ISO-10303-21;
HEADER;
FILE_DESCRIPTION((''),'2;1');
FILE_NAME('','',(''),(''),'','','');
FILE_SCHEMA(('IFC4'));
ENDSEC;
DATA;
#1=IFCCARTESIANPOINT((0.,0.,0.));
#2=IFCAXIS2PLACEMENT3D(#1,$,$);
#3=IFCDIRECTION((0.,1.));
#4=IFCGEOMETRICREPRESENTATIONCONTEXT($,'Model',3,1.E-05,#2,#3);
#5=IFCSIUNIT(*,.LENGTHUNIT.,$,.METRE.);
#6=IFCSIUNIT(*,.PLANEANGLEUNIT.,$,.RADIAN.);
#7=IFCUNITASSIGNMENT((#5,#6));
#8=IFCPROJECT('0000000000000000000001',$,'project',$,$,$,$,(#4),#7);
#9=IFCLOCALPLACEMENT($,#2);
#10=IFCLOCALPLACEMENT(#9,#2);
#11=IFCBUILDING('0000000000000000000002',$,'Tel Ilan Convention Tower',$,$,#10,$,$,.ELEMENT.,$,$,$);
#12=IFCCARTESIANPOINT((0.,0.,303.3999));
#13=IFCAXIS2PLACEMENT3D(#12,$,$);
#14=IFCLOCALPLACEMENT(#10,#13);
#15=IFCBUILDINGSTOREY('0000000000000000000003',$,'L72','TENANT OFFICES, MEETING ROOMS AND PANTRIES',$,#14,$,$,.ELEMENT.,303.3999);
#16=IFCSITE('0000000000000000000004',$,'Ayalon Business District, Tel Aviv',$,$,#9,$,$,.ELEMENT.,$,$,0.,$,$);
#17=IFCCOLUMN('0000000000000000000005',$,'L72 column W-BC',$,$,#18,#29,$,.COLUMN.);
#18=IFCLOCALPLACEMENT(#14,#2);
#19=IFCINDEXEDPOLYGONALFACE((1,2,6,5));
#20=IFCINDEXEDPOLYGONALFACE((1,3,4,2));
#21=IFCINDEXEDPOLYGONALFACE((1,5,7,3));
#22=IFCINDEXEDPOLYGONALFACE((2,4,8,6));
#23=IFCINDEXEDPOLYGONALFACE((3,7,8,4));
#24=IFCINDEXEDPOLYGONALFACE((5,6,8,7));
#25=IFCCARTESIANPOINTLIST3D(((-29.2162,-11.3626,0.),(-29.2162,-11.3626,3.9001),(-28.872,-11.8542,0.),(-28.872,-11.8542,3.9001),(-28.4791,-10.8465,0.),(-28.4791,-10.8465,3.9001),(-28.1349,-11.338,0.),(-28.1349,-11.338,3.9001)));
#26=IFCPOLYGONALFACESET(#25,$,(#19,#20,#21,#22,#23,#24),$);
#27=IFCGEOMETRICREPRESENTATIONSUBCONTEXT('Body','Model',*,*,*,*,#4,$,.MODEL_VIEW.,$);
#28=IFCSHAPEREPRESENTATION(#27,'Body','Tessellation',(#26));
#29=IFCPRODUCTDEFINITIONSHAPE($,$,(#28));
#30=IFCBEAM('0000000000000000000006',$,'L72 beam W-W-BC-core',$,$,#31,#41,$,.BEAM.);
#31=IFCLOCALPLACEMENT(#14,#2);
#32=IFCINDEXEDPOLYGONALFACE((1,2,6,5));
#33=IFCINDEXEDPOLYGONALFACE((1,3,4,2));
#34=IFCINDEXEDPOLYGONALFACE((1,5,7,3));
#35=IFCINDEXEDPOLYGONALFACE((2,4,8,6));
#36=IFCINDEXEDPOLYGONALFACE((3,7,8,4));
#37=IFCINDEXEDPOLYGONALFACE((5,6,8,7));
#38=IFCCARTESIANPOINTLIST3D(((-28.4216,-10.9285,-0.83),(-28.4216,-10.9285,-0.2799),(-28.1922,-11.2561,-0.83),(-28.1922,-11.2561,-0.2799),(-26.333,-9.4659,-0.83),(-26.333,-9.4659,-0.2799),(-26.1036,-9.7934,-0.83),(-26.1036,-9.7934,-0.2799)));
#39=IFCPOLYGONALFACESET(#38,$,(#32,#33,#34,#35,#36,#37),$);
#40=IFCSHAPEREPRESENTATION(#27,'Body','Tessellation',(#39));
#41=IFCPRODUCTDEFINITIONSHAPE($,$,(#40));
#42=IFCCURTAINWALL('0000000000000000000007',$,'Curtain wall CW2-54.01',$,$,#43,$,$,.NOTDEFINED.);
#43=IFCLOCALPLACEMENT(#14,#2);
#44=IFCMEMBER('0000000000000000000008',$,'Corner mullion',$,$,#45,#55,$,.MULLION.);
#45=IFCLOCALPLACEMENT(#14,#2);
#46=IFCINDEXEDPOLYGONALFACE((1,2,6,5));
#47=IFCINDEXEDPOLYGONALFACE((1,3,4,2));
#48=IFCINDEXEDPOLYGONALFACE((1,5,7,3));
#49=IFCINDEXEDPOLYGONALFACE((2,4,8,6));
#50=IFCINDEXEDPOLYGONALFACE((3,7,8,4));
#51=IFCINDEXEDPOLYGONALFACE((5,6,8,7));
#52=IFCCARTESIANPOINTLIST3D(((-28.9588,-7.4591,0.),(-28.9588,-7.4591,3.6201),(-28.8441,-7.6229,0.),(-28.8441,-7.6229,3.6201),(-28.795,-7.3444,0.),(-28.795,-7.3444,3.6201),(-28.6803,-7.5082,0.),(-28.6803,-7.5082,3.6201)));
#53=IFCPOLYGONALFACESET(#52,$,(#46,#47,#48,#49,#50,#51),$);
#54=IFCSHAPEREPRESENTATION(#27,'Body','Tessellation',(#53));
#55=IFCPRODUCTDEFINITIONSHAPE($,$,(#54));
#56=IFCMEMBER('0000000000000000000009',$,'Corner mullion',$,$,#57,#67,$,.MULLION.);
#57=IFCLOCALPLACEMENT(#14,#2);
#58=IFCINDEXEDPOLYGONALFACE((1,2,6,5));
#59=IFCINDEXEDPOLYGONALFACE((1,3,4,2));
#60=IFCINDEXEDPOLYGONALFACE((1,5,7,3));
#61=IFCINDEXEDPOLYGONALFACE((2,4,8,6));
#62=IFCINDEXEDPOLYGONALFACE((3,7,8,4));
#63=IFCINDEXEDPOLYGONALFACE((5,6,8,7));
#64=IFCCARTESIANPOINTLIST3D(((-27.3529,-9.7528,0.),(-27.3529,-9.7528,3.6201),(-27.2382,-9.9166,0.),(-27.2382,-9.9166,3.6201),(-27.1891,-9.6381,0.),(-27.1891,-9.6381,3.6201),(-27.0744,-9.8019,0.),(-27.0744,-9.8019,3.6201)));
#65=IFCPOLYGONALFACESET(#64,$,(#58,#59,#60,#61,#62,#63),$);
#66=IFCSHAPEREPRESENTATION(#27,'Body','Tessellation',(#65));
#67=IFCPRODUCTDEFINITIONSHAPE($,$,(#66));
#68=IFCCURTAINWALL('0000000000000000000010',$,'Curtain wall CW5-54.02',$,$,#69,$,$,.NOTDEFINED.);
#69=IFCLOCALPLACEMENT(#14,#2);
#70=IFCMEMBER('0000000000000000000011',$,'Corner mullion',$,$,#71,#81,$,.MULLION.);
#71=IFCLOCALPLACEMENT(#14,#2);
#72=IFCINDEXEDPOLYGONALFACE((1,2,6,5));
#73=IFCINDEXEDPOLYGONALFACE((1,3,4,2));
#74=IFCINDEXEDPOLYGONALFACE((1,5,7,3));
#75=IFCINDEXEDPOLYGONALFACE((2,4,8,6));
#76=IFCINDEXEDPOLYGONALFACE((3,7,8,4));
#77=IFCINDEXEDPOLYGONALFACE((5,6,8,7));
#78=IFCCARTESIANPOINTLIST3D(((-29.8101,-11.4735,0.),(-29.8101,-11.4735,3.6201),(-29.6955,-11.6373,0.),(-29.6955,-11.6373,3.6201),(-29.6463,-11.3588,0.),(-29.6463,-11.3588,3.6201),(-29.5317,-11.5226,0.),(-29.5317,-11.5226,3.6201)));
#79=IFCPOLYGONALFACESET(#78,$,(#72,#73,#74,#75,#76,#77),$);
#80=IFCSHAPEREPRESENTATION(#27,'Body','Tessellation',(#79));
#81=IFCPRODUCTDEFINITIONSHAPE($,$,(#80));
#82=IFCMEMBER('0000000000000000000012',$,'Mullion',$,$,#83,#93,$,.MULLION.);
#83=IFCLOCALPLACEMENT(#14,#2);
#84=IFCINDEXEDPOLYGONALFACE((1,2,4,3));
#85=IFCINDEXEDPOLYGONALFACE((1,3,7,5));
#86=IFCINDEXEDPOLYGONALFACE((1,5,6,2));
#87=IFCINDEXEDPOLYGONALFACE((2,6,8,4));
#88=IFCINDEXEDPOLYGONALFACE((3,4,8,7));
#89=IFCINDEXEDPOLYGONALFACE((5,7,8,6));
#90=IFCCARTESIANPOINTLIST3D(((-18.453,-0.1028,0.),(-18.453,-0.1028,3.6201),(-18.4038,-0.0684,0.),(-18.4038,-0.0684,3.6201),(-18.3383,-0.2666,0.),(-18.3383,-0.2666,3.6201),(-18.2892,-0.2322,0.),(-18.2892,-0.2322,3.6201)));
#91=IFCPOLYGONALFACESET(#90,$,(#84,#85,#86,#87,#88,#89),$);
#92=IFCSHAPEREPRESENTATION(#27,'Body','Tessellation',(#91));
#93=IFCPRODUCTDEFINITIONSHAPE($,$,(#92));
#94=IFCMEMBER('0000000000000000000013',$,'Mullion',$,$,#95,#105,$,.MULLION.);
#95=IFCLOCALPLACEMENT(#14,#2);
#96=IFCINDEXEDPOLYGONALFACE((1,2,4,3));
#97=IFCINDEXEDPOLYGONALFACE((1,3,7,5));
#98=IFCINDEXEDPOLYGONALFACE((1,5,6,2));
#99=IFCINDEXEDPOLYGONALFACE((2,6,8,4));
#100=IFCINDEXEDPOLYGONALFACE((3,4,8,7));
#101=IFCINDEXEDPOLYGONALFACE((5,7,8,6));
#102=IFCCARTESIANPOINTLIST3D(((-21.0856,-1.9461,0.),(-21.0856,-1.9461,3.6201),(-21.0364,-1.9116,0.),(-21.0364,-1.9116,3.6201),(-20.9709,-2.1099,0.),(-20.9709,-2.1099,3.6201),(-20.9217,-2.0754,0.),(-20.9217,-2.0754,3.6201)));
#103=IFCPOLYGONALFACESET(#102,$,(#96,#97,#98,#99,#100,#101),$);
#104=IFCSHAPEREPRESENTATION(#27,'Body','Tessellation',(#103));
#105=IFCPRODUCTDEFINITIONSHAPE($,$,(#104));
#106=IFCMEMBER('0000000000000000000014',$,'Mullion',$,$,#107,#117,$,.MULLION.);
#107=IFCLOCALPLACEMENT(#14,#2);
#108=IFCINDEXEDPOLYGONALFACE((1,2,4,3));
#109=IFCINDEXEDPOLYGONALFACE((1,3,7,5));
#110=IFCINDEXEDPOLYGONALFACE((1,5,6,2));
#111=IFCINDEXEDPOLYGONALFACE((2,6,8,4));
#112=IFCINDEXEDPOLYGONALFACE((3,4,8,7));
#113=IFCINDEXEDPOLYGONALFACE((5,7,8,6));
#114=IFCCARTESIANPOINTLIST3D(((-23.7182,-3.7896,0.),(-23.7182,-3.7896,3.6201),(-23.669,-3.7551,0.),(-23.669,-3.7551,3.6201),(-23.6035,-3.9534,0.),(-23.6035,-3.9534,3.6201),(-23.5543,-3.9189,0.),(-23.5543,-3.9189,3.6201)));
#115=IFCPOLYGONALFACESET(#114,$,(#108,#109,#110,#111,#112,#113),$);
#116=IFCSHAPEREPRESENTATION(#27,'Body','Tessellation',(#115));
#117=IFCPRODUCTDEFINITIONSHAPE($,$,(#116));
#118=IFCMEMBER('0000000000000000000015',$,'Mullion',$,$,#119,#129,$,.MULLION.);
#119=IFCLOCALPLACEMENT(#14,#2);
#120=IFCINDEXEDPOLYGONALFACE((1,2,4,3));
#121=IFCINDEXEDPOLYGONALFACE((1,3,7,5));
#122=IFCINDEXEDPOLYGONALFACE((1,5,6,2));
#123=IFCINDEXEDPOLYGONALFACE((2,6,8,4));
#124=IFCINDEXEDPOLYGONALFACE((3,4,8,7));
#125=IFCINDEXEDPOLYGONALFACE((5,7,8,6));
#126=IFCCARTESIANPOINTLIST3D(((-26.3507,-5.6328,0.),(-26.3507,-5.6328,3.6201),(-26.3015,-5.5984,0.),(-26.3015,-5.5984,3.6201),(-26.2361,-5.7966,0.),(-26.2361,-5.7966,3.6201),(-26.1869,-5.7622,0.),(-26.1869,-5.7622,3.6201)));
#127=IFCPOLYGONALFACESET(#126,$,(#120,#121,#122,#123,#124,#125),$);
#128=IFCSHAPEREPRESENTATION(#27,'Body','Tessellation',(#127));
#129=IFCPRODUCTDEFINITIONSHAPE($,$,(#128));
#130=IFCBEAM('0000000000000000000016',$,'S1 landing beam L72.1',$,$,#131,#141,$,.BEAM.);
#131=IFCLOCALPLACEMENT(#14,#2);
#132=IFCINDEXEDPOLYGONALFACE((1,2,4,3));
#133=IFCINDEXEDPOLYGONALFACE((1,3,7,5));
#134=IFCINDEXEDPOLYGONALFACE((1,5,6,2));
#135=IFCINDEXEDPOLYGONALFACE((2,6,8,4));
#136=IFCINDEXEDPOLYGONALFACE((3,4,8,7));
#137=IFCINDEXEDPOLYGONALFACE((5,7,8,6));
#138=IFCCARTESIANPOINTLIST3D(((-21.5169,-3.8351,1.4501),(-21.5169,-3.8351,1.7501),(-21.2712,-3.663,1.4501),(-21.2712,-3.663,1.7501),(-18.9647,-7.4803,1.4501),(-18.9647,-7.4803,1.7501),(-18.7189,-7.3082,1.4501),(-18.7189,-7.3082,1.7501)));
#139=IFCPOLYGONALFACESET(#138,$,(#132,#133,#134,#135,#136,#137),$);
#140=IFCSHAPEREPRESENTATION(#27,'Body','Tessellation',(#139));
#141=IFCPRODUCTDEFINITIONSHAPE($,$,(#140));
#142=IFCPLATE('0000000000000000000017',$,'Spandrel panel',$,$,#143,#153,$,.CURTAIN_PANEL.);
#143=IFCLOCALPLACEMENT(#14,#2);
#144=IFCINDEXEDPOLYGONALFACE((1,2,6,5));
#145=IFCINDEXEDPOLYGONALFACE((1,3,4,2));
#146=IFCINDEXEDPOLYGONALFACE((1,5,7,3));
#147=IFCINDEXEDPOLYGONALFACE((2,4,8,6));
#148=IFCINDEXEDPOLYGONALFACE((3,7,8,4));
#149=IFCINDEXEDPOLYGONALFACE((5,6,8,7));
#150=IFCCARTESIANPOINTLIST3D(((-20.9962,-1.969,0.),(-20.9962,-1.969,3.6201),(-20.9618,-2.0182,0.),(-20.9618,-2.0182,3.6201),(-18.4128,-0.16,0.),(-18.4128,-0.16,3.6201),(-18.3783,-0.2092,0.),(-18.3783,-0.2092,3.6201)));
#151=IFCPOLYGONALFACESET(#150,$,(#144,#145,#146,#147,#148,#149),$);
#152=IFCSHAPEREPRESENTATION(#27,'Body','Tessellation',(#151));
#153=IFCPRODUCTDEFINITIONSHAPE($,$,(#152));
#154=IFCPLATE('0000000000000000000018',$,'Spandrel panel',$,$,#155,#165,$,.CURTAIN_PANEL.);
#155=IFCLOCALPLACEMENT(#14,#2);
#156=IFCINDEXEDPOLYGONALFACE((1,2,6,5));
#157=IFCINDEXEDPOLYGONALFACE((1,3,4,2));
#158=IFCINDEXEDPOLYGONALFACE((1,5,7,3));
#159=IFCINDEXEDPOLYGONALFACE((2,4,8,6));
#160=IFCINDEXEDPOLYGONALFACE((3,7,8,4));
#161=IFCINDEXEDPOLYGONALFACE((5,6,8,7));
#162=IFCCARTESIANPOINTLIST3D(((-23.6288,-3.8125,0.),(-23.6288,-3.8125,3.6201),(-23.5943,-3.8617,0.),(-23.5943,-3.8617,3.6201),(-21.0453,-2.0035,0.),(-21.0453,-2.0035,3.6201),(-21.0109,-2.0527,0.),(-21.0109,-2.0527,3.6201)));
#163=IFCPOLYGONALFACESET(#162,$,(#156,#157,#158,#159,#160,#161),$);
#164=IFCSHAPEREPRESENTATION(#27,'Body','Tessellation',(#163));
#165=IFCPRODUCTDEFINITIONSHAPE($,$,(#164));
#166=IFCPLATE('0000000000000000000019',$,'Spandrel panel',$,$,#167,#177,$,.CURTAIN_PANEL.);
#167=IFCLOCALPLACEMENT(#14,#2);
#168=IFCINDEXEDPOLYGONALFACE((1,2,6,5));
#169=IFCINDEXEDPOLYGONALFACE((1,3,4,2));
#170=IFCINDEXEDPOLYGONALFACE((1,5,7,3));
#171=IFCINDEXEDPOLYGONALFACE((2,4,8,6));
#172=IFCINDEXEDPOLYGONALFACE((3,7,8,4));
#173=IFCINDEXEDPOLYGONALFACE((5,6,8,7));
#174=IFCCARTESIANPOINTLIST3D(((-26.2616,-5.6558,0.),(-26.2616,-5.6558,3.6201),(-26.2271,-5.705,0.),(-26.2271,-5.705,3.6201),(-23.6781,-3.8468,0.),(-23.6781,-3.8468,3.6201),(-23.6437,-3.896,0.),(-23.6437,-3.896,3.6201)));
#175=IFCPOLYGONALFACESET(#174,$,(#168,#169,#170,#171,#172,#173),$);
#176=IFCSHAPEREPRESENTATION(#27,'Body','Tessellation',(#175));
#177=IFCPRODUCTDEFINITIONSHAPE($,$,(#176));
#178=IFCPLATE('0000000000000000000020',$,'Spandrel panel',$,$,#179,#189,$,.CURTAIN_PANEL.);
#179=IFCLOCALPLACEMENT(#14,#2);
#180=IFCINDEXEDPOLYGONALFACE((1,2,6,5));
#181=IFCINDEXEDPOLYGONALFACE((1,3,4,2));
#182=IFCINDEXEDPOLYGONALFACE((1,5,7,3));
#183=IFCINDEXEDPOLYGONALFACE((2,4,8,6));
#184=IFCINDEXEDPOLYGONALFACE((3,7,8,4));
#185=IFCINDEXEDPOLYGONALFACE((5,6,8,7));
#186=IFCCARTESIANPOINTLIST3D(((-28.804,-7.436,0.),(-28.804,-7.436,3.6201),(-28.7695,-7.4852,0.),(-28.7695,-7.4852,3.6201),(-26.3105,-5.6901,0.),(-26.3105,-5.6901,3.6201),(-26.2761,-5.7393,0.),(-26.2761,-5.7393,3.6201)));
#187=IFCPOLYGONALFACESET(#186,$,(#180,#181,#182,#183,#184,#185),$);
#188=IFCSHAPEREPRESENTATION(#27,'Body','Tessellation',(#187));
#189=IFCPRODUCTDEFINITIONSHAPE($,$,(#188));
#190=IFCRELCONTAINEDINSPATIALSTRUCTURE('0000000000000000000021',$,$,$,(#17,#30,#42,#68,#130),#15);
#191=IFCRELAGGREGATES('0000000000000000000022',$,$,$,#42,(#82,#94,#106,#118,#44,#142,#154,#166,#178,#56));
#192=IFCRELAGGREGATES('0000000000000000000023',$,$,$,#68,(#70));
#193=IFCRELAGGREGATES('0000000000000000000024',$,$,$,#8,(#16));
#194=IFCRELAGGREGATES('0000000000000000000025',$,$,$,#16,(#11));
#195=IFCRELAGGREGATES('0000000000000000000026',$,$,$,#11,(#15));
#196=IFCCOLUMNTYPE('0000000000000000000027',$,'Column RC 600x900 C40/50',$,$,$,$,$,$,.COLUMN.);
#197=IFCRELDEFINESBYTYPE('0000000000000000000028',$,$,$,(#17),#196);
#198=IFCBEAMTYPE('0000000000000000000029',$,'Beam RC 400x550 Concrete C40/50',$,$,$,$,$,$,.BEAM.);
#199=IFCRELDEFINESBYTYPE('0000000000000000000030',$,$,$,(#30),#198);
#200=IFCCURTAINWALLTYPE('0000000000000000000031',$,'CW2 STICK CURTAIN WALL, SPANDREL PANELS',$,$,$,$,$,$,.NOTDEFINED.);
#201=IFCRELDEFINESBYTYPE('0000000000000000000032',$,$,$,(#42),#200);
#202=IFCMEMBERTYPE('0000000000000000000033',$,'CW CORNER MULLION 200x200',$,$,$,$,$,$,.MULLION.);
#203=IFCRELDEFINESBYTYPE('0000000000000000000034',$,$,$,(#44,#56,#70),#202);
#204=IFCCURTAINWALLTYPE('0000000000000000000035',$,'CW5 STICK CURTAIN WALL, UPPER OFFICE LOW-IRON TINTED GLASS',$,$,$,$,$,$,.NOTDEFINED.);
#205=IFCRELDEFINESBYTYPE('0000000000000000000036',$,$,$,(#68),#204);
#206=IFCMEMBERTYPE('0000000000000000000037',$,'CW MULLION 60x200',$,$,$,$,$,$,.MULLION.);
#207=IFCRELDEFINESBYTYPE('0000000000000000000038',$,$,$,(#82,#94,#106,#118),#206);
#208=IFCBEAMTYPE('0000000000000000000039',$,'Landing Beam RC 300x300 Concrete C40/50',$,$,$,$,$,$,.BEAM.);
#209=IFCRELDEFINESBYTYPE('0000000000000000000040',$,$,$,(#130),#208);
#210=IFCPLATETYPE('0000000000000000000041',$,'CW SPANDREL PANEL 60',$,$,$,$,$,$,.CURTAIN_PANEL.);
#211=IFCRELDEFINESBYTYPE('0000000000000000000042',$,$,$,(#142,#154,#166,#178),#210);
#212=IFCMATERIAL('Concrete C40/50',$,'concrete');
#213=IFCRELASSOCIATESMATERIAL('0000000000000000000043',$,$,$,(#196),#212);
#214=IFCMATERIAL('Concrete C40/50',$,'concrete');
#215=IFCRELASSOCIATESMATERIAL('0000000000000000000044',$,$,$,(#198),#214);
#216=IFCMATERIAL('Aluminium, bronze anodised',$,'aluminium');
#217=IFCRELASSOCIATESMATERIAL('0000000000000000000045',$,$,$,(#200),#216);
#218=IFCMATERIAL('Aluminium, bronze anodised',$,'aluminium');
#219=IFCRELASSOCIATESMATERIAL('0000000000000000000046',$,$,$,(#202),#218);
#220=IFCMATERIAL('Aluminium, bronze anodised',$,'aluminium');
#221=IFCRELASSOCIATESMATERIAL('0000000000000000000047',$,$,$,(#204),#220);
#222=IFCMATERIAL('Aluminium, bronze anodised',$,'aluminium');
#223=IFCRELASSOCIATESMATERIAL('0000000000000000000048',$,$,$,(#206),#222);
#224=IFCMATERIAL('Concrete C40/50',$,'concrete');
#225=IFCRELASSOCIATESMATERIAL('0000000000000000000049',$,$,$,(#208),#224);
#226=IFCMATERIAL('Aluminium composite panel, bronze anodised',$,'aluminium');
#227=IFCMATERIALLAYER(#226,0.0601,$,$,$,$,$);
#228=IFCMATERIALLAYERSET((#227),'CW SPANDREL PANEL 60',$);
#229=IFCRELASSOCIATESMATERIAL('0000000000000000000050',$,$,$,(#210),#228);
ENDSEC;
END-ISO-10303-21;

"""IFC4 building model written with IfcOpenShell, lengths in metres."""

from ifc_helpers import new_model, si_unit, direction, frame, origin, origin_2d, place, context, subcontext, project, spatial, rectangle, extrude, material, layer, layer_set, material_profile, profile_set, type_object, element, aggregate, save


model = new_model("IFC4")

# Units and contexts
model_context = context("Model", 3, precision=1e-05, world=origin(), true_north=direction((0.0, 1.0)))
body_context = subcontext(model_context, "Body", "Model", "MODEL_VIEW")
ifc_project = project(units=[si_unit("LENGTHUNIT", "METRE"), si_unit("PLANEANGLEUNIT", "RADIAN")], contexts=[model_context])

# Site, building, storey
site_placement = place(None, origin())
site = spatial("IfcSite", under=ifc_project, at=site_placement, Name="Ayalon Business District, Tel Aviv", CompositionType="ELEMENT", RefElevation=0.0)
building_placement = place(site_placement, origin())
building = spatial("IfcBuilding", under=site, at=building_placement, Name="Tel Ilan Convention Tower", CompositionType="ELEMENT")
storey_placement = place(building_placement, frame((0.0, 0.0, 303.3999)))
storey = spatial("IfcBuildingStorey", under=building, at=storey_placement, Name="L72", Description="TENANT OFFICES, MEETING ROOMS AND PANTRIES", CompositionType="ELEMENT", Elevation=303.3999)

# Column
ifc_material_1 = material(Name="Concrete C40/50", Category="concrete")
ifc_material_profile_1 = material_profile(ifc_material_1, rectangle(XDim=0.8999, YDim=0.6001, at=origin_2d()), Name="RC 600x900")
ifc_profile_set_1 = profile_set([ifc_material_profile_1], Name="Concrete C40/50")
column_type = type_object("IfcColumnType", Name="Column RC 600x900 C40/50", PredefinedType="COLUMN", material=ifc_profile_set_1)
column_placement = place(storey_placement, frame((-28.6755, -11.3503, 0.0), z_axis=(0.0, 0.0, 1.0), x_axis=(-0.819152, -0.573576, 0.0)))
element("IfcColumn", 1, at=column_placement, inside=storey, type_object=column_type, Name="L72 column W-BC", PredefinedType="COLUMN", context=body_context, shape_type="SweptSolid", body=[
    extrude(rectangle(XDim=0.8999, YDim=0.6001, at=origin_2d()), origin(), (0.0, 0.0, 1.0), 3.9001),
])

# Beam
ifc_material_2 = material(Name="Concrete C40/50", Category="concrete")
ifc_material_profile_2 = material_profile(ifc_material_2, rectangle(XDim=0.3999, YDim=0.55, at=origin_2d()), Name="RC 400x550")
ifc_profile_set_2 = profile_set([ifc_material_profile_2], Name="Concrete C40/50")
beam_type_1 = type_object("IfcBeamType", Name="Beam RC 400x550 Concrete C40/50", PredefinedType="BEAM", material=ifc_profile_set_2)
beam_1_placement = place(storey_placement, frame((-28.3069, -11.0923, -0.5549), z_axis=(0.819119, 0.573623, 0.0), x_axis=(-0.573623, 0.819119, 0.0)))
element("IfcBeam", 2, at=beam_1_placement, inside=storey, type_object=beam_type_1, Name="L72 beam W-W-BC-core", PredefinedType="BEAM", context=body_context, shape_type="SweptSolid", body=[
    extrude(rectangle(XDim=0.3999, YDim=0.55, at=origin_2d()), origin(), (0.0, 0.0, 1.0), 2.5498),
])

# Curtain wall, members
ifc_material_3 = material(Name="Aluminium, bronze anodised", Category="aluminium")
curtain_wall_type_1 = type_object("IfcCurtainWallType", Name="CW2 STICK CURTAIN WALL, SPANDREL PANELS", PredefinedType="NOTDEFINED", material=ifc_material_3)
curtain_wall_1_placement = place(storey_placement, origin())
curtain_wall_1 = element("IfcCurtainWall", 3, at=curtain_wall_1_placement, inside=storey, type_object=curtain_wall_type_1, Name="Curtain wall CW2-54.01", PredefinedType="NOTDEFINED")
ifc_material_4 = material(Name="Aluminium, bronze anodised", Category="aluminium")
ifc_material_profile_3 = material_profile(ifc_material_4, rectangle(XDim=0.2, YDim=0.2, at=origin_2d()), Name="CW CORNER MULLION 200x200")
ifc_profile_set_3 = profile_set([ifc_material_profile_3], Name="Aluminium, bronze anodised")
member_type_1 = type_object("IfcMemberType", Name="CW CORNER MULLION 200x200", PredefinedType="MULLION", material=ifc_profile_set_3)
member_1_placement = place(storey_placement, frame((-28.8196, -7.4836, 0.0), z_axis=(0.0, 0.0, 1.0), x_axis=(-0.819152, -0.573576, 0.0)))
member_1 = element("IfcMember", 4, at=member_1_placement, type_object=member_type_1, Name="Corner mullion", PredefinedType="MULLION", context=body_context, shape_type="SweptSolid", body=[
    extrude(rectangle(XDim=0.2, YDim=0.2, at=origin_2d()), origin(), (0.0, 0.0, 1.0), 3.6201),
])
member_2_placement = place(storey_placement, frame((-27.2136, -9.7773, 0.0), z_axis=(0.0, 0.0, 1.0), x_axis=(0.573576, -0.819152, 0.0)))
member_2 = element("IfcMember", 5, at=member_2_placement, type_object=member_type_1, Name="Corner mullion", PredefinedType="MULLION", context=body_context, shape_type="SweptSolid", body=[
    extrude(rectangle(XDim=0.2, YDim=0.2, at=origin_2d()), origin(), (0.0, 0.0, 1.0), 3.6201),
])

# Curtain wall, member
ifc_material_5 = material(Name="Aluminium, bronze anodised", Category="aluminium")
curtain_wall_type_2 = type_object("IfcCurtainWallType", Name="CW5 STICK CURTAIN WALL, UPPER OFFICE LOW-IRON TINTED GLASS", PredefinedType="NOTDEFINED", material=ifc_material_5)
curtain_wall_2_placement = place(storey_placement, origin())
curtain_wall_2 = element("IfcCurtainWall", 6, at=curtain_wall_2_placement, inside=storey, type_object=curtain_wall_type_2, Name="Curtain wall CW5-54.02", PredefinedType="NOTDEFINED")
member_3_placement = place(storey_placement, frame((-29.6709, -11.498, 0.0), z_axis=(0.0, 0.0, 1.0), x_axis=(-0.819152, -0.573576, 0.0)))
member_3 = element("IfcMember", 7, at=member_3_placement, type_object=member_type_1, Name="Corner mullion", PredefinedType="MULLION", context=body_context, shape_type="SweptSolid", body=[
    extrude(rectangle(XDim=0.2, YDim=0.2, at=origin_2d()), origin(), (0.0, 0.0, 1.0), 3.6201),
])

# Members
ifc_material_6 = material(Name="Aluminium, bronze anodised", Category="aluminium")
ifc_material_profile_4 = material_profile(ifc_material_6, rectangle(XDim=0.0601, YDim=0.2, at=origin_2d()), Name="CW MULLION 60x200")
ifc_profile_set_4 = profile_set([ifc_material_profile_4], Name="Aluminium, bronze anodised")
member_type_2 = type_object("IfcMemberType", Name="CW MULLION 60x200", PredefinedType="MULLION", material=ifc_profile_set_4)
member_4_placement = place(storey_placement, frame((-18.3711, -0.1675, 0.0), z_axis=(0.0, 0.0, 1.0), x_axis=(-0.819152, -0.573576, 0.0)))
member_4 = element("IfcMember", 8, at=member_4_placement, type_object=member_type_2, Name="Mullion", PredefinedType="MULLION", context=body_context, shape_type="SweptSolid", body=[
    extrude(rectangle(XDim=0.0601, YDim=0.2, at=origin_2d()), origin(), (0.0, 0.0, 1.0), 3.6201),
])
member_5_placement = place(storey_placement, frame((-21.0037, -2.0107, 0.0), z_axis=(0.0, 0.0, 1.0), x_axis=(-0.819152, -0.573576, 0.0)))
member_5 = element("IfcMember", 9, at=member_5_placement, type_object=member_type_2, Name="Mullion", PredefinedType="MULLION", context=body_context, shape_type="SweptSolid", body=[
    extrude(rectangle(XDim=0.0601, YDim=0.2, at=origin_2d()), origin(), (0.0, 0.0, 1.0), 3.6201),
])
member_6_placement = place(storey_placement, frame((-23.6362, -3.8542, 0.0), z_axis=(0.0, 0.0, 1.0), x_axis=(-0.819152, -0.573576, 0.0)))
member_6 = element("IfcMember", 10, at=member_6_placement, type_object=member_type_2, Name="Mullion", PredefinedType="MULLION", context=body_context, shape_type="SweptSolid", body=[
    extrude(rectangle(XDim=0.0601, YDim=0.2, at=origin_2d()), origin(), (0.0, 0.0, 1.0), 3.6201),
])
member_7_placement = place(storey_placement, frame((-26.2688, -5.6975, 0.0), z_axis=(0.0, 0.0, 1.0), x_axis=(-0.819152, -0.573576, 0.0)))
member_7 = element("IfcMember", 11, at=member_7_placement, type_object=member_type_2, Name="Mullion", PredefinedType="MULLION", context=body_context, shape_type="SweptSolid", body=[
    extrude(rectangle(XDim=0.0601, YDim=0.2, at=origin_2d()), origin(), (0.0, 0.0, 1.0), 3.6201),
])

# Beam
ifc_material_7 = material(Name="Concrete C40/50", Category="concrete")
ifc_material_profile_5 = material_profile(ifc_material_7, rectangle(XDim=0.3, YDim=0.3, at=origin_2d()), Name="RC 300x300")
ifc_profile_set_5 = profile_set([ifc_material_profile_5], Name="Concrete C40/50")
beam_type_2 = type_object("IfcBeamType", Name="Landing Beam RC 300x300 Concrete C40/50", PredefinedType="BEAM", material=ifc_profile_set_5)
beam_2_placement = place(storey_placement, frame((-18.8418, -7.3943, 1.6001), z_axis=(-0.573547, 0.819173, 0.0), x_axis=(-0.819173, -0.573547, 0.0)))
element("IfcBeam", 12, at=beam_2_placement, inside=storey, type_object=beam_type_2, Name="S1 landing beam L72.1", PredefinedType="BEAM", context=body_context, shape_type="SweptSolid", body=[
    extrude(rectangle(XDim=0.3, YDim=0.3, at=origin_2d()), origin(), (0.0, 0.0, 1.0), 4.45),
])

# Plates
ifc_material_8 = material(Name="Aluminium composite panel, bronze anodised", Category="aluminium")
ifc_layer_1 = layer(ifc_material_8, 0.0601)
ifc_layer_set_1 = layer_set([ifc_layer_1], Name="CW SPANDREL PANEL 60")
plate_type_1 = type_object("IfcPlateType", Name="CW SPANDREL PANEL 60", PredefinedType="CURTAIN_PANEL", material=ifc_layer_set_1)
plate_1_placement = place(storey_placement, frame((-19.6873, -1.0891, 0.0), z_axis=(0.0, 0.0, 1.0), x_axis=(-0.819152, -0.573576, 0.0)))
plate_1 = element("IfcPlate", 13, at=plate_1_placement, type_object=plate_type_1, Name="Spandrel panel", PredefinedType="CURTAIN_PANEL", context=body_context, shape_type="SweptSolid", body=[
    extrude(rectangle(XDim=3.1538, YDim=0.0601, at=origin_2d()), origin(), (0.0, 0.0, 1.0), 3.6201),
])
plate_2_placement = place(storey_placement, frame((-22.3198, -2.9326, 0.0), z_axis=(0.0, 0.0, 1.0), x_axis=(-0.819152, -0.573576, 0.0)))
plate_2 = element("IfcPlate", 14, at=plate_2_placement, type_object=plate_type_1, Name="Spandrel panel", PredefinedType="CURTAIN_PANEL", context=body_context, shape_type="SweptSolid", body=[
    extrude(rectangle(XDim=3.1538, YDim=0.0601, at=origin_2d()), origin(), (0.0, 0.0, 1.0), 3.6201),
])
plate_3_placement = place(storey_placement, frame((-24.9526, -4.7759, 0.0), z_axis=(0.0, 0.0, 1.0), x_axis=(-0.819152, -0.573576, 0.0)))
plate_3 = element("IfcPlate", 15, at=plate_3_placement, type_object=plate_type_1, Name="Spandrel panel", PredefinedType="CURTAIN_PANEL", context=body_context, shape_type="SweptSolid", body=[
    extrude(rectangle(XDim=3.1538, YDim=0.0601, at=origin_2d()), origin(), (0.0, 0.0, 1.0), 3.6201),
])
plate_4_placement = place(storey_placement, frame((-27.54, -6.5876, 0.0), z_axis=(0.0, 0.0, 1.0), x_axis=(-0.819152, -0.573576, 0.0)))
plate_4 = element("IfcPlate", 16, at=plate_4_placement, type_object=plate_type_1, Name="Spandrel panel", PredefinedType="CURTAIN_PANEL", context=body_context, shape_type="SweptSolid", body=[
    extrude(rectangle(XDim=3.0439, YDim=0.0601, at=origin_2d()), origin(), (0.0, 0.0, 1.0), 3.6201),
])
aggregate(curtain_wall_1, [member_4, member_5, member_6, member_7, member_1, plate_1, plate_2, plate_3, plate_4, member_2])
aggregate(curtain_wall_2, [member_3])

save(model, "model.ifc")
